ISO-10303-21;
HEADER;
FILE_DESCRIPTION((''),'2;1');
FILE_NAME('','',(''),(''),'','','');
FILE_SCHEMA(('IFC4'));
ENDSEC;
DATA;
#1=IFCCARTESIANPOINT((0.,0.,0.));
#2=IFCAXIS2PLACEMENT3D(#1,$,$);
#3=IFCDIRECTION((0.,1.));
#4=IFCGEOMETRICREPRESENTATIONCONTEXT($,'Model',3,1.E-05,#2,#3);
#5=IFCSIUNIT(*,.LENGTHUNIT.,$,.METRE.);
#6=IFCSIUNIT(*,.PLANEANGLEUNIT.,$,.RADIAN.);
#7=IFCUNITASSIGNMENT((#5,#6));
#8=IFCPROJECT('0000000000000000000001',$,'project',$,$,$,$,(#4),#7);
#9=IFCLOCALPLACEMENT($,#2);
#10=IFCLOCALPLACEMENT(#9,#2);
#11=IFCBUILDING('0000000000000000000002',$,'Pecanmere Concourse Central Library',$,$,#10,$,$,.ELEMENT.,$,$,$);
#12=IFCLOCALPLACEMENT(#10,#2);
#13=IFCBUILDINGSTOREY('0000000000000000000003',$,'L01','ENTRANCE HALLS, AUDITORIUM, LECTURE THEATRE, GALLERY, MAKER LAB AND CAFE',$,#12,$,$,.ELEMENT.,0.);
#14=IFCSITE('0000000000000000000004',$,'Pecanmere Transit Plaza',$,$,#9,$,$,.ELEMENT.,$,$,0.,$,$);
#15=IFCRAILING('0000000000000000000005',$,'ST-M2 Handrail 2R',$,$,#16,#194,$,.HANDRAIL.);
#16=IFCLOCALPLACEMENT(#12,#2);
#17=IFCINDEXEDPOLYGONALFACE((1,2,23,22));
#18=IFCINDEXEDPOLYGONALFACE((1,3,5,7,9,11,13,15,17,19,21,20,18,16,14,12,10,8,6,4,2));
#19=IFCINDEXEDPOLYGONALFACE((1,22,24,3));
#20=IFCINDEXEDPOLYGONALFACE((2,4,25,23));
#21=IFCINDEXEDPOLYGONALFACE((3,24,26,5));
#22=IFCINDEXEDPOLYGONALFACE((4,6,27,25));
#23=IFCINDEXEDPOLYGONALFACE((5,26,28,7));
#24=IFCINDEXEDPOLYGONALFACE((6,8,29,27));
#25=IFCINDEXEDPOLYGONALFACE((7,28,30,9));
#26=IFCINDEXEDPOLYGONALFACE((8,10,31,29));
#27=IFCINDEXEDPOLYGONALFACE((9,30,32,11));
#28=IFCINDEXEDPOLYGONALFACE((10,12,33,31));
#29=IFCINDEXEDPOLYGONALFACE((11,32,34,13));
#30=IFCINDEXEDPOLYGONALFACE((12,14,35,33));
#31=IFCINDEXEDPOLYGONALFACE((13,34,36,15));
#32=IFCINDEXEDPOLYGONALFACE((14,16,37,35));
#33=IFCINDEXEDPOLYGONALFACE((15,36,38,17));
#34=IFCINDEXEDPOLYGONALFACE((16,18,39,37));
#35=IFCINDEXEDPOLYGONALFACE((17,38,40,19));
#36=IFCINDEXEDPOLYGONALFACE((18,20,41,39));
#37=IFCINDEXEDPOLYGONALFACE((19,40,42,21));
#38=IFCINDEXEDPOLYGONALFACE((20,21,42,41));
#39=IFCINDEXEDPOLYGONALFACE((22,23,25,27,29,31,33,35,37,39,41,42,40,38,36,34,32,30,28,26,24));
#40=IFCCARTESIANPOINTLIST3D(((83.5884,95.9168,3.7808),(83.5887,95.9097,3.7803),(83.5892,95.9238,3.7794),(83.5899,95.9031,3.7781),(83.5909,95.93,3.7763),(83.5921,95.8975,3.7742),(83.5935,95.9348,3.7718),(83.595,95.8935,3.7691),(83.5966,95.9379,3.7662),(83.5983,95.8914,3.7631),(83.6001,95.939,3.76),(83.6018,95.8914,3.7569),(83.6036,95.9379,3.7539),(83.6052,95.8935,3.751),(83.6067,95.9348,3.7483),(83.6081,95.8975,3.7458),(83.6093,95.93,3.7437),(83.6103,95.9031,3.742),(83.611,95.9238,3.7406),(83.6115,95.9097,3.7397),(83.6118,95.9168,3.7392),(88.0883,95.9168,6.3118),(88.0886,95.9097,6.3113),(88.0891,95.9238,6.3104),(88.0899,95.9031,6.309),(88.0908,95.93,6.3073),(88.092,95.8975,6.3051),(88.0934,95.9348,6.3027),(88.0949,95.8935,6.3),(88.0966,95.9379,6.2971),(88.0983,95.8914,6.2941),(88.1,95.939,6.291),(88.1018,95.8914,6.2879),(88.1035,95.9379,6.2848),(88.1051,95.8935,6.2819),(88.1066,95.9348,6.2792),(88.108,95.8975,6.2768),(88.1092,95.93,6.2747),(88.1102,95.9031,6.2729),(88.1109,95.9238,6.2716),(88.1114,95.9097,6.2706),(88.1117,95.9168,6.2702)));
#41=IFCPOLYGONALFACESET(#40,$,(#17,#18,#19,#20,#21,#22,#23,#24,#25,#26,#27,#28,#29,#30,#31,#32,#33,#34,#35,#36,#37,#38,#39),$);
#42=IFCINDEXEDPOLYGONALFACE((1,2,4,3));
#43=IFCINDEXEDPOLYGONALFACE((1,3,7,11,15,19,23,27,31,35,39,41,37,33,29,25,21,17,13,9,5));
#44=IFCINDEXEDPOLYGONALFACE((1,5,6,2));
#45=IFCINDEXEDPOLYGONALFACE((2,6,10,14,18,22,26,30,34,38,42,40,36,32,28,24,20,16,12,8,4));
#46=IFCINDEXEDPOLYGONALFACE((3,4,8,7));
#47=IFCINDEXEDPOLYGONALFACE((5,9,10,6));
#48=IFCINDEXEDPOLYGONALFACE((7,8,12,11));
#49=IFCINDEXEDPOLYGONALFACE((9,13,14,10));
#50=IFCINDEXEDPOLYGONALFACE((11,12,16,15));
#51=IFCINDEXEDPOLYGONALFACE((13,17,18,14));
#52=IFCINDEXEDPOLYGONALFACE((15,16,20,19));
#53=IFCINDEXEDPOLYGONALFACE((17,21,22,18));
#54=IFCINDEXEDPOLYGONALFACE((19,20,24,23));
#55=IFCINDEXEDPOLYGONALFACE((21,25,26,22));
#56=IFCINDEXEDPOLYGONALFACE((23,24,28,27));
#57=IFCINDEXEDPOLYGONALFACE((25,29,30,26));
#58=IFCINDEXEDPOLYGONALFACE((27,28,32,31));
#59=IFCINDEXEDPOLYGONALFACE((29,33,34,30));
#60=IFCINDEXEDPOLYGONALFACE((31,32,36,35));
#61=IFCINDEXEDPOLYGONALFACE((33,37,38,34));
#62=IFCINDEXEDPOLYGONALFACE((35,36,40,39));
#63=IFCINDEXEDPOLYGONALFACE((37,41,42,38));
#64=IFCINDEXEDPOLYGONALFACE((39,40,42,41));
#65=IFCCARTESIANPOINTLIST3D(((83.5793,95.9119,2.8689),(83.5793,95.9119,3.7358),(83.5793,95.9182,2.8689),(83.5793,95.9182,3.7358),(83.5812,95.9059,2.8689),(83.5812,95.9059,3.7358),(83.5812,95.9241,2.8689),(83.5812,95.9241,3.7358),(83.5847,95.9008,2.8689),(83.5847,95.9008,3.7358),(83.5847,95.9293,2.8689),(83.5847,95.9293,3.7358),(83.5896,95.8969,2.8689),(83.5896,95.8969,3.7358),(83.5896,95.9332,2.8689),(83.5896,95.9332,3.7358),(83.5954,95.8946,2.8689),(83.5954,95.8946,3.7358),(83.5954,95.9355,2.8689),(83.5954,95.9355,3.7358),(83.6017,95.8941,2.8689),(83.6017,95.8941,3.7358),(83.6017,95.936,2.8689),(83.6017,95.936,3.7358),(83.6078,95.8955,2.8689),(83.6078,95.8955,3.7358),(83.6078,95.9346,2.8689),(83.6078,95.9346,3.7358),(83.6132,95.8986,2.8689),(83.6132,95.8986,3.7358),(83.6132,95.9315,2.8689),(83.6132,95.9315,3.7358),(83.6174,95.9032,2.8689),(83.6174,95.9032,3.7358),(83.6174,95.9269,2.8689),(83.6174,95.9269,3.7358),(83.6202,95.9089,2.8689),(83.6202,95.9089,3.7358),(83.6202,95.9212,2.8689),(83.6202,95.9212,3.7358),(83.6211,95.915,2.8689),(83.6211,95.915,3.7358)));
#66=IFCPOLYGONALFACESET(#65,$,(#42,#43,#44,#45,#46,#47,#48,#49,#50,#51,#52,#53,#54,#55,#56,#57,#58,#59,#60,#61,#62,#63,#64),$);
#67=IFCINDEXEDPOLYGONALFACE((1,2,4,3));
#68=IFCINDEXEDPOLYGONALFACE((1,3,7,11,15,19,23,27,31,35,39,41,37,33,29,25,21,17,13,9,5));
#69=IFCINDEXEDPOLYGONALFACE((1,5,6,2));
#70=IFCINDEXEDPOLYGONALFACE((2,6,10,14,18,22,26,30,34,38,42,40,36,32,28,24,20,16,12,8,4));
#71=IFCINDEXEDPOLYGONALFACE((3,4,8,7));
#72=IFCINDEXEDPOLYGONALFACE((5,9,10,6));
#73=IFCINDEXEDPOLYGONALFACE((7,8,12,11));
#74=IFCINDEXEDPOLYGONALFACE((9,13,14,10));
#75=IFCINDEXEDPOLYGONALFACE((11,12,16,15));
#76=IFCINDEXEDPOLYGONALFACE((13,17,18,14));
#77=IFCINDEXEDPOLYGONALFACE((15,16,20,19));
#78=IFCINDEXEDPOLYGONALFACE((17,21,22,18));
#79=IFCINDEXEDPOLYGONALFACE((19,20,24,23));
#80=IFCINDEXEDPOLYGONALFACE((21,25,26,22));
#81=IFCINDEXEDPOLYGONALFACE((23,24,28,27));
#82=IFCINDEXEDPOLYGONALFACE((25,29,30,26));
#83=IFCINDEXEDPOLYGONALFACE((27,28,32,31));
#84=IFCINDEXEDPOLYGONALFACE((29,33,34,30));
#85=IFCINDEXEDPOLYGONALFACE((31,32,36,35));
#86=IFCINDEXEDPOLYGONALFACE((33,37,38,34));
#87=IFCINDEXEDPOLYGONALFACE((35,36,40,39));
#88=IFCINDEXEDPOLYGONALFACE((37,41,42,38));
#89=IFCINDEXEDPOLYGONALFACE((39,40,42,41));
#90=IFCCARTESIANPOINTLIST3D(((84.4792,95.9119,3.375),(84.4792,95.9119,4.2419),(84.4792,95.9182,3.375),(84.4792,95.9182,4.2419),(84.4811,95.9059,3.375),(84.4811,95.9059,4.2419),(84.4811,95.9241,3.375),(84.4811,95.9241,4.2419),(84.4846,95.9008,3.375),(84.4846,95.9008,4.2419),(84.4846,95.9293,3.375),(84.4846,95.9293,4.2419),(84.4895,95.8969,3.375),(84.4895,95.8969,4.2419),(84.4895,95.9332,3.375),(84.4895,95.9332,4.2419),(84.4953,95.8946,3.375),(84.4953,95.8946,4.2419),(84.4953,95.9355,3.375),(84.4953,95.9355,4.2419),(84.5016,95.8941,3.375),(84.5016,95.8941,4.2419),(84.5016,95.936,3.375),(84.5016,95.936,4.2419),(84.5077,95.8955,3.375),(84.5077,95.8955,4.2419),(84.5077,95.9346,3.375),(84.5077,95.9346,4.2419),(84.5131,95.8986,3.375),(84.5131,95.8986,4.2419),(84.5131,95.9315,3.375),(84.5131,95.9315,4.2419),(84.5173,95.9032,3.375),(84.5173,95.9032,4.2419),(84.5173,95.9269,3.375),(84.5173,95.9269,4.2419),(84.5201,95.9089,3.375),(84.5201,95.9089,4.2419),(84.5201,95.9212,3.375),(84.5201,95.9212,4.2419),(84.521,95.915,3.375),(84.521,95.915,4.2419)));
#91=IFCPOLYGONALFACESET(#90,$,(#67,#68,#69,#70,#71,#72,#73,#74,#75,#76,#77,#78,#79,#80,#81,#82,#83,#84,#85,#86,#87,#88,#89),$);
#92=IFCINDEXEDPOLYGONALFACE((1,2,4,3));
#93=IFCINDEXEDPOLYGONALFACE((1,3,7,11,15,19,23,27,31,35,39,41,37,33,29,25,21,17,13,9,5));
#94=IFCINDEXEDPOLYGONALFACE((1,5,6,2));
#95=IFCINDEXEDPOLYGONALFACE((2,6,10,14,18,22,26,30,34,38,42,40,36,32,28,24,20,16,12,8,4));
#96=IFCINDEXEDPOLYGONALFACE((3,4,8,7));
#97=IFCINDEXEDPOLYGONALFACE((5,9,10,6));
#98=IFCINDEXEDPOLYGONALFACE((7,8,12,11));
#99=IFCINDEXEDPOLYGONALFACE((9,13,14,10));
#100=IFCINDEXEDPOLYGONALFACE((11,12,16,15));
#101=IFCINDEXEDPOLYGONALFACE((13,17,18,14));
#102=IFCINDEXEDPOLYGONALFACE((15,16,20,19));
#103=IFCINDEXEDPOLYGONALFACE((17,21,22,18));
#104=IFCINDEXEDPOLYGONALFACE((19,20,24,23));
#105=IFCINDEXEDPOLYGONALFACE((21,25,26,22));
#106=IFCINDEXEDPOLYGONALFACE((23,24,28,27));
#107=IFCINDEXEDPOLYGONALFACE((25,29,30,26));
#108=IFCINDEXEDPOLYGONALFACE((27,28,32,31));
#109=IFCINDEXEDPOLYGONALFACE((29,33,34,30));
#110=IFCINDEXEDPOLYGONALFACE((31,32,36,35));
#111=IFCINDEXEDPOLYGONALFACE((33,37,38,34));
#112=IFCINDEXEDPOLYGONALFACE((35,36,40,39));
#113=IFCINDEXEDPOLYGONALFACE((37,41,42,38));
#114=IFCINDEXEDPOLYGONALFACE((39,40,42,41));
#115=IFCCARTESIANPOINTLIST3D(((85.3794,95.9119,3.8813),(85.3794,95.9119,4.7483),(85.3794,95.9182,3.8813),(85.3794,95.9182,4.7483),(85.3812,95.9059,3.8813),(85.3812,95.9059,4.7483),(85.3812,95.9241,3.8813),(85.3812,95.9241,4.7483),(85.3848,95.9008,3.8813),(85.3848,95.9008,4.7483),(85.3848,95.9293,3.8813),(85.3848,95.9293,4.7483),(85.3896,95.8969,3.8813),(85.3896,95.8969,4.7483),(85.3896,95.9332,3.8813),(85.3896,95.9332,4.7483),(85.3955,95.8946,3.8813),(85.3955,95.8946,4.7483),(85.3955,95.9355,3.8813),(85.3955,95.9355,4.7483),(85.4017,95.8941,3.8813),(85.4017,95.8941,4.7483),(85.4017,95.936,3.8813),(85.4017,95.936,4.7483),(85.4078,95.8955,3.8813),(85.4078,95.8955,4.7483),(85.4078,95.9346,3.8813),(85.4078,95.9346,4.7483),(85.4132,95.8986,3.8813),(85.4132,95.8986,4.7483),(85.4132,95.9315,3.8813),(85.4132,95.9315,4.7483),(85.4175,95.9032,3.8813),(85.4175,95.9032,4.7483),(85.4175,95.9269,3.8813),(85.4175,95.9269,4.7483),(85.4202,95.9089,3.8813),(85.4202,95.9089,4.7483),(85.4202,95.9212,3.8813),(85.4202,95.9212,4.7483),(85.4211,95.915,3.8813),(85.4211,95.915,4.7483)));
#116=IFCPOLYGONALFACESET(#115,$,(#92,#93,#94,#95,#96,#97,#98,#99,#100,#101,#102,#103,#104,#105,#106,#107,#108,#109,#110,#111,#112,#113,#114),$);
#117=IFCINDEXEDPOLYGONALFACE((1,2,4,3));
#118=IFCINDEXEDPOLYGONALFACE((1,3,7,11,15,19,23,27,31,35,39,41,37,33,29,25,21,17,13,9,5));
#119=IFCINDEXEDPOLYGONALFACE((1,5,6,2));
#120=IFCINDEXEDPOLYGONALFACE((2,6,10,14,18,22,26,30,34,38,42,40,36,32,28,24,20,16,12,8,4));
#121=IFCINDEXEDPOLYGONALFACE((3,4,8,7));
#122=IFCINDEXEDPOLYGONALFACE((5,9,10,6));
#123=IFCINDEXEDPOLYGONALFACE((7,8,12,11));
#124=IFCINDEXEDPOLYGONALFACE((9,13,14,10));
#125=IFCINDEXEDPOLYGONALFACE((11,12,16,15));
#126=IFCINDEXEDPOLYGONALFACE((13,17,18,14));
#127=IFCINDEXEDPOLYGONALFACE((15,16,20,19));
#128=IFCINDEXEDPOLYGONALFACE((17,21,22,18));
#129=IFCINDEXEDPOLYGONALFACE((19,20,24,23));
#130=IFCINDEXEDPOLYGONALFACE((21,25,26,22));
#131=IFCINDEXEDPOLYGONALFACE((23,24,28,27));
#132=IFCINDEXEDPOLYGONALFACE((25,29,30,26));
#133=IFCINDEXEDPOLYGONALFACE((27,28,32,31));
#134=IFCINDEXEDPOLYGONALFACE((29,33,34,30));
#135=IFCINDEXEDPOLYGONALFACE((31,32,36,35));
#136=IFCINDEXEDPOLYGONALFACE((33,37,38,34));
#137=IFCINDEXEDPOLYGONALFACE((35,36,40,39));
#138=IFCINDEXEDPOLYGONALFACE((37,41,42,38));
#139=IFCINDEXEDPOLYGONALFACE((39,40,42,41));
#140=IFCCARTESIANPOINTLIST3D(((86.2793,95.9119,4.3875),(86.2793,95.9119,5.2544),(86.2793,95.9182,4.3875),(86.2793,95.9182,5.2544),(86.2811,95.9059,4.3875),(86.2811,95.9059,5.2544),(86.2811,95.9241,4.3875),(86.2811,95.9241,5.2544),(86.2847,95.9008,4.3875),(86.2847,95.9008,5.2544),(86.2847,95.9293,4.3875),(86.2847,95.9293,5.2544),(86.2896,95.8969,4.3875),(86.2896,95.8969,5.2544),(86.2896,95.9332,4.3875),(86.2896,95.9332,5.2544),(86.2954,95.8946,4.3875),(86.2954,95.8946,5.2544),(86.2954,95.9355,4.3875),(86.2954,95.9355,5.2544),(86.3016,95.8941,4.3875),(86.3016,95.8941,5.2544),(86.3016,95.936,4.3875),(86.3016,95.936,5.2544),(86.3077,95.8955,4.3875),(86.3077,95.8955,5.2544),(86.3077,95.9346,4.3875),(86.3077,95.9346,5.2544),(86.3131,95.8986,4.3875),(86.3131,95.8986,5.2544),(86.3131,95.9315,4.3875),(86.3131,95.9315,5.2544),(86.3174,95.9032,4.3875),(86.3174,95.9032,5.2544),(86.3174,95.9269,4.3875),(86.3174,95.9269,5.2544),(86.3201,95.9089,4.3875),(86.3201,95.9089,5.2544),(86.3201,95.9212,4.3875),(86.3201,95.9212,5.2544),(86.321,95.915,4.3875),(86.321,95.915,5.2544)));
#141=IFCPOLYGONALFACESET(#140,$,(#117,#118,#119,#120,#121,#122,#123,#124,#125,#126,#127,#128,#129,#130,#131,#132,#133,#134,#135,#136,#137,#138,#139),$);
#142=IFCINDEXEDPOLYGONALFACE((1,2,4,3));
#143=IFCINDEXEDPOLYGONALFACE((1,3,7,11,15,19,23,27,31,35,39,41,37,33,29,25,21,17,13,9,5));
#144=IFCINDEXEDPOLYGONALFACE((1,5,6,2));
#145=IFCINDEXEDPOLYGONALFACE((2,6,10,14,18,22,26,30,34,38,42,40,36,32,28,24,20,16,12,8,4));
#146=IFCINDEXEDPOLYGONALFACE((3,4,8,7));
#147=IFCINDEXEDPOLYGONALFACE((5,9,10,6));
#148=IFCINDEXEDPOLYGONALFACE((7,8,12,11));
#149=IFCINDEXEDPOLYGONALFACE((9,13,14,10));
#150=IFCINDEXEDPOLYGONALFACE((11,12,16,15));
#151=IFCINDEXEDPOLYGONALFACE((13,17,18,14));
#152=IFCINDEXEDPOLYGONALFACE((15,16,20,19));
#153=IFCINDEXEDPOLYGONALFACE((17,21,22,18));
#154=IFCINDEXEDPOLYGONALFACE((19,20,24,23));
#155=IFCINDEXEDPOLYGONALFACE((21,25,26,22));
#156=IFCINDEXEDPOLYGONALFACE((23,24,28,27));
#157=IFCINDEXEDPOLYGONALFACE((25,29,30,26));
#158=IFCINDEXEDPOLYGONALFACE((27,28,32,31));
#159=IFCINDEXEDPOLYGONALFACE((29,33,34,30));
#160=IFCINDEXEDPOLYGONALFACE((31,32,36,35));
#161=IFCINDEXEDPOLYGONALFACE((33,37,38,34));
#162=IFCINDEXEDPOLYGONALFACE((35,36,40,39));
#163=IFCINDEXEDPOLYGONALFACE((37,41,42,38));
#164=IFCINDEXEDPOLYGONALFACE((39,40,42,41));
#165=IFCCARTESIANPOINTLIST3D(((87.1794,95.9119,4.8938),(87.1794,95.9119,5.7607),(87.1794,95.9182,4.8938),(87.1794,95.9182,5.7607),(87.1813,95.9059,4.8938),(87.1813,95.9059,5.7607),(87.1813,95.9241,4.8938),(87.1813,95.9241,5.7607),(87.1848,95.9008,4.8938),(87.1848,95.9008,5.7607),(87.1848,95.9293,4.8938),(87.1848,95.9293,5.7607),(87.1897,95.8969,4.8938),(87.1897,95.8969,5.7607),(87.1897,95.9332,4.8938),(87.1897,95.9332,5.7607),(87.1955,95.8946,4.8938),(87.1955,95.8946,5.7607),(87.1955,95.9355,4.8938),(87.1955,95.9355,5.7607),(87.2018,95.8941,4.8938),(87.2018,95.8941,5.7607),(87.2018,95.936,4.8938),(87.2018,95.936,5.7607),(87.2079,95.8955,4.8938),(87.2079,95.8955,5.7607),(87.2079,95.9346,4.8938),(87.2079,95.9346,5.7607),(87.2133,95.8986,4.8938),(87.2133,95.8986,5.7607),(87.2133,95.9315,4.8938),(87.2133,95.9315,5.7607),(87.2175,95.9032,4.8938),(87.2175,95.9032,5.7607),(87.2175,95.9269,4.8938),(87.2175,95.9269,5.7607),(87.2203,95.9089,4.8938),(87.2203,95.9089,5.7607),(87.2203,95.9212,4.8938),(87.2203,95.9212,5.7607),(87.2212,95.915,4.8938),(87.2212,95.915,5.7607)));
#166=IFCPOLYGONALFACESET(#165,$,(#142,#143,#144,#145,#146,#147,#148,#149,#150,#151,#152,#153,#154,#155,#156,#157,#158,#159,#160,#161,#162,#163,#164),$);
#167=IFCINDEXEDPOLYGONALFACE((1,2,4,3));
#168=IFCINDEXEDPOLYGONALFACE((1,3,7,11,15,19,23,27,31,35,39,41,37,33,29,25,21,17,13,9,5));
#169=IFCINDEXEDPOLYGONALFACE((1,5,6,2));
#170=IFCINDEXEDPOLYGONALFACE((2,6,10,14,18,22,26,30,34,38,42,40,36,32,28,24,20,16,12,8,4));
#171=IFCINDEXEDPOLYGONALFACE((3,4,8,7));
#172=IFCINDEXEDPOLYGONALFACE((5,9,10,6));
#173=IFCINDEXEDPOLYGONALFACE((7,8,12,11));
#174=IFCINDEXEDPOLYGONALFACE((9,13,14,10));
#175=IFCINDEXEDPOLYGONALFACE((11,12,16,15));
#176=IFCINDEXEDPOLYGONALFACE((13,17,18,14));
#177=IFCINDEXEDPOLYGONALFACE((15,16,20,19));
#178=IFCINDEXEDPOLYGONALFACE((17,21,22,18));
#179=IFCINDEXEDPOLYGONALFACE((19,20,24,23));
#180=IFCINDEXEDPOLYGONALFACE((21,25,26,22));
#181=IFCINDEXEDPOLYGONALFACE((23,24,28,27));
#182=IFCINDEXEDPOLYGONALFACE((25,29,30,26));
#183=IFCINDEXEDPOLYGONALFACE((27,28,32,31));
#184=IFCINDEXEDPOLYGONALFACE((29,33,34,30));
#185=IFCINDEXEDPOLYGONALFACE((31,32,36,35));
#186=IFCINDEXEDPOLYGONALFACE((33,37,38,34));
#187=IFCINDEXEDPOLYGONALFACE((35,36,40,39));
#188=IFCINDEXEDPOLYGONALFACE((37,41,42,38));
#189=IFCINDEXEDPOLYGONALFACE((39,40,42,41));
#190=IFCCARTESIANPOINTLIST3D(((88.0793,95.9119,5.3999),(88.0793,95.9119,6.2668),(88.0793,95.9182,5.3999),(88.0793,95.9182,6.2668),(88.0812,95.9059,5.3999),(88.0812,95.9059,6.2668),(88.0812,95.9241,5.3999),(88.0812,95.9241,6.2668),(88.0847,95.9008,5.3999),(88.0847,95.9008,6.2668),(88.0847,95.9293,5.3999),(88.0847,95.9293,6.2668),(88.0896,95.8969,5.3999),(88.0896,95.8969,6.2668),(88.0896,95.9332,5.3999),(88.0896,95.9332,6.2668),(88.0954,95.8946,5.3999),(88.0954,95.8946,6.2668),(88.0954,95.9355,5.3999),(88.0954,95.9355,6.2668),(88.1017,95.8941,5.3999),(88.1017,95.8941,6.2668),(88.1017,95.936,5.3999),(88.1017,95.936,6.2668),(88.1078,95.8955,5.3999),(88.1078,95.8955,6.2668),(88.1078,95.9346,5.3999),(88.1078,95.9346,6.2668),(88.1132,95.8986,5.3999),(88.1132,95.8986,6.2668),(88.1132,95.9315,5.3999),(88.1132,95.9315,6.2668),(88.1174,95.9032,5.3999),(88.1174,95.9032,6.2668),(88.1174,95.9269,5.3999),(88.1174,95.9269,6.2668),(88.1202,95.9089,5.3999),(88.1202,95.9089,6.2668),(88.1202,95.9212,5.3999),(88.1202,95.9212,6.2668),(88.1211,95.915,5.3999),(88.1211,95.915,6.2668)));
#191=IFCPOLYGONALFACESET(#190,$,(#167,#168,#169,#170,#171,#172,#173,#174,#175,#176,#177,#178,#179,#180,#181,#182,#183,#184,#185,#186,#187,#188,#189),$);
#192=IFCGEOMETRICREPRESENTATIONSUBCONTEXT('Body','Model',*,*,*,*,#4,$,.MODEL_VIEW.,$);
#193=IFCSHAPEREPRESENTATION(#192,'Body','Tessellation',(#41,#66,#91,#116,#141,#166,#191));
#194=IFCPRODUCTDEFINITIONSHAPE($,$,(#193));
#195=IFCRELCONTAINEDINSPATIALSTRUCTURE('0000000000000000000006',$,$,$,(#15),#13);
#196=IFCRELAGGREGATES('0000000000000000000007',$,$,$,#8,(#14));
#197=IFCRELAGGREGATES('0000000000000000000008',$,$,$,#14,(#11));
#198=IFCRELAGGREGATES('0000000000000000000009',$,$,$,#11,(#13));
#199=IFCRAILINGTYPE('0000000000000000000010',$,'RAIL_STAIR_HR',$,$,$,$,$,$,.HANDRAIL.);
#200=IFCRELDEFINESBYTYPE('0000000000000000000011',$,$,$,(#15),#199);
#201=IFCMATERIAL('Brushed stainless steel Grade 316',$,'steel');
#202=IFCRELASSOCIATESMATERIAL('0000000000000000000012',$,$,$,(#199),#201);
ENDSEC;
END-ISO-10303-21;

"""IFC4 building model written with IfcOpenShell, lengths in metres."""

from ifc_helpers import new_model, si_unit, direction, frame, origin, origin_2d, place, context, subcontext, project, spatial, circle, extrude, material, type_object, element, save


model = new_model("IFC4")

# Units and contexts
model_context = context("Model", 3, precision=1e-05, world=origin(), true_north=direction((0.0, 1.0)))
body_context = subcontext(model_context, "Body", "Model", "MODEL_VIEW")
ifc_project = project(units=[si_unit("LENGTHUNIT", "METRE"), si_unit("PLANEANGLEUNIT", "RADIAN")], contexts=[model_context])

# Site, building, storey
site_placement = place(None, origin())
site = spatial("IfcSite", under=ifc_project, at=site_placement, Name="Pecanmere Transit Plaza", CompositionType="ELEMENT", RefElevation=0.0)
building_placement = place(site_placement, origin())
building = spatial("IfcBuilding", under=site, at=building_placement, Name="Pecanmere Concourse Central Library", CompositionType="ELEMENT")
storey_placement = place(building_placement, origin())
storey = spatial("IfcBuildingStorey", under=building, at=storey_placement, Name="L01", Description="ENTRANCE HALLS, AUDITORIUM, LECTURE THEATRE, GALLERY, MAKER LAB AND CAFE", CompositionType="ELEMENT", Elevation=0.0)

# Railing
ifc_material_1 = material(Name="Brushed stainless steel Grade 316", Category="steel")
railing_type_1 = type_object("IfcRailingType", Name="RAIL_STAIR_HR", PredefinedType="HANDRAIL", material=ifc_material_1)
for number, where, name in (
    (1, (83.6001, 95.915, 2.8689), "ST-M2 Handrail 2R"),
):
    element("IfcRailing", number, at=place(storey_placement, frame(where)), inside=storey, type_object=railing_type_1, Name=name, PredefinedType="HANDRAIL", context=body_context, shape_type="SweptSolid", body=[
        extrude(circle(Radius=0.0239, at=origin_2d()), frame((0.0, 0.0, 0.8911), z_axis=(0.871596, 0.0, 0.490225), x_axis=(0.0, 1.0, 0.0)), (0.0, 0.0, 1.0), 5.1628),
        extrude(circle(Radius=0.021, at=origin_2d()), origin(), (0.0, 0.0, 1.0), 0.8669),
        extrude(circle(Radius=0.021, at=origin_2d()), frame((0.8999, 0.0, 0.5061)), (0.0, 0.0, 1.0), 0.8669),
        extrude(circle(Radius=0.021, at=origin_2d()), frame((1.8, 0.0, 1.0125)), (0.0, 0.0, 1.0), 0.8669),
        extrude(circle(Radius=0.021, at=origin_2d()), frame((2.7, 0.0, 1.5186)), (0.0, 0.0, 1.0), 0.8669),
        extrude(circle(Radius=0.021, at=origin_2d()), frame((3.6001, 0.0, 2.0249)), (0.0, 0.0, 1.0), 0.8669),
        extrude(circle(Radius=0.021, at=origin_2d()), frame((4.5, 0.0, 2.531)), (0.0, 0.0, 1.0), 0.8669),
    ])

save(model, "model.ifc")
